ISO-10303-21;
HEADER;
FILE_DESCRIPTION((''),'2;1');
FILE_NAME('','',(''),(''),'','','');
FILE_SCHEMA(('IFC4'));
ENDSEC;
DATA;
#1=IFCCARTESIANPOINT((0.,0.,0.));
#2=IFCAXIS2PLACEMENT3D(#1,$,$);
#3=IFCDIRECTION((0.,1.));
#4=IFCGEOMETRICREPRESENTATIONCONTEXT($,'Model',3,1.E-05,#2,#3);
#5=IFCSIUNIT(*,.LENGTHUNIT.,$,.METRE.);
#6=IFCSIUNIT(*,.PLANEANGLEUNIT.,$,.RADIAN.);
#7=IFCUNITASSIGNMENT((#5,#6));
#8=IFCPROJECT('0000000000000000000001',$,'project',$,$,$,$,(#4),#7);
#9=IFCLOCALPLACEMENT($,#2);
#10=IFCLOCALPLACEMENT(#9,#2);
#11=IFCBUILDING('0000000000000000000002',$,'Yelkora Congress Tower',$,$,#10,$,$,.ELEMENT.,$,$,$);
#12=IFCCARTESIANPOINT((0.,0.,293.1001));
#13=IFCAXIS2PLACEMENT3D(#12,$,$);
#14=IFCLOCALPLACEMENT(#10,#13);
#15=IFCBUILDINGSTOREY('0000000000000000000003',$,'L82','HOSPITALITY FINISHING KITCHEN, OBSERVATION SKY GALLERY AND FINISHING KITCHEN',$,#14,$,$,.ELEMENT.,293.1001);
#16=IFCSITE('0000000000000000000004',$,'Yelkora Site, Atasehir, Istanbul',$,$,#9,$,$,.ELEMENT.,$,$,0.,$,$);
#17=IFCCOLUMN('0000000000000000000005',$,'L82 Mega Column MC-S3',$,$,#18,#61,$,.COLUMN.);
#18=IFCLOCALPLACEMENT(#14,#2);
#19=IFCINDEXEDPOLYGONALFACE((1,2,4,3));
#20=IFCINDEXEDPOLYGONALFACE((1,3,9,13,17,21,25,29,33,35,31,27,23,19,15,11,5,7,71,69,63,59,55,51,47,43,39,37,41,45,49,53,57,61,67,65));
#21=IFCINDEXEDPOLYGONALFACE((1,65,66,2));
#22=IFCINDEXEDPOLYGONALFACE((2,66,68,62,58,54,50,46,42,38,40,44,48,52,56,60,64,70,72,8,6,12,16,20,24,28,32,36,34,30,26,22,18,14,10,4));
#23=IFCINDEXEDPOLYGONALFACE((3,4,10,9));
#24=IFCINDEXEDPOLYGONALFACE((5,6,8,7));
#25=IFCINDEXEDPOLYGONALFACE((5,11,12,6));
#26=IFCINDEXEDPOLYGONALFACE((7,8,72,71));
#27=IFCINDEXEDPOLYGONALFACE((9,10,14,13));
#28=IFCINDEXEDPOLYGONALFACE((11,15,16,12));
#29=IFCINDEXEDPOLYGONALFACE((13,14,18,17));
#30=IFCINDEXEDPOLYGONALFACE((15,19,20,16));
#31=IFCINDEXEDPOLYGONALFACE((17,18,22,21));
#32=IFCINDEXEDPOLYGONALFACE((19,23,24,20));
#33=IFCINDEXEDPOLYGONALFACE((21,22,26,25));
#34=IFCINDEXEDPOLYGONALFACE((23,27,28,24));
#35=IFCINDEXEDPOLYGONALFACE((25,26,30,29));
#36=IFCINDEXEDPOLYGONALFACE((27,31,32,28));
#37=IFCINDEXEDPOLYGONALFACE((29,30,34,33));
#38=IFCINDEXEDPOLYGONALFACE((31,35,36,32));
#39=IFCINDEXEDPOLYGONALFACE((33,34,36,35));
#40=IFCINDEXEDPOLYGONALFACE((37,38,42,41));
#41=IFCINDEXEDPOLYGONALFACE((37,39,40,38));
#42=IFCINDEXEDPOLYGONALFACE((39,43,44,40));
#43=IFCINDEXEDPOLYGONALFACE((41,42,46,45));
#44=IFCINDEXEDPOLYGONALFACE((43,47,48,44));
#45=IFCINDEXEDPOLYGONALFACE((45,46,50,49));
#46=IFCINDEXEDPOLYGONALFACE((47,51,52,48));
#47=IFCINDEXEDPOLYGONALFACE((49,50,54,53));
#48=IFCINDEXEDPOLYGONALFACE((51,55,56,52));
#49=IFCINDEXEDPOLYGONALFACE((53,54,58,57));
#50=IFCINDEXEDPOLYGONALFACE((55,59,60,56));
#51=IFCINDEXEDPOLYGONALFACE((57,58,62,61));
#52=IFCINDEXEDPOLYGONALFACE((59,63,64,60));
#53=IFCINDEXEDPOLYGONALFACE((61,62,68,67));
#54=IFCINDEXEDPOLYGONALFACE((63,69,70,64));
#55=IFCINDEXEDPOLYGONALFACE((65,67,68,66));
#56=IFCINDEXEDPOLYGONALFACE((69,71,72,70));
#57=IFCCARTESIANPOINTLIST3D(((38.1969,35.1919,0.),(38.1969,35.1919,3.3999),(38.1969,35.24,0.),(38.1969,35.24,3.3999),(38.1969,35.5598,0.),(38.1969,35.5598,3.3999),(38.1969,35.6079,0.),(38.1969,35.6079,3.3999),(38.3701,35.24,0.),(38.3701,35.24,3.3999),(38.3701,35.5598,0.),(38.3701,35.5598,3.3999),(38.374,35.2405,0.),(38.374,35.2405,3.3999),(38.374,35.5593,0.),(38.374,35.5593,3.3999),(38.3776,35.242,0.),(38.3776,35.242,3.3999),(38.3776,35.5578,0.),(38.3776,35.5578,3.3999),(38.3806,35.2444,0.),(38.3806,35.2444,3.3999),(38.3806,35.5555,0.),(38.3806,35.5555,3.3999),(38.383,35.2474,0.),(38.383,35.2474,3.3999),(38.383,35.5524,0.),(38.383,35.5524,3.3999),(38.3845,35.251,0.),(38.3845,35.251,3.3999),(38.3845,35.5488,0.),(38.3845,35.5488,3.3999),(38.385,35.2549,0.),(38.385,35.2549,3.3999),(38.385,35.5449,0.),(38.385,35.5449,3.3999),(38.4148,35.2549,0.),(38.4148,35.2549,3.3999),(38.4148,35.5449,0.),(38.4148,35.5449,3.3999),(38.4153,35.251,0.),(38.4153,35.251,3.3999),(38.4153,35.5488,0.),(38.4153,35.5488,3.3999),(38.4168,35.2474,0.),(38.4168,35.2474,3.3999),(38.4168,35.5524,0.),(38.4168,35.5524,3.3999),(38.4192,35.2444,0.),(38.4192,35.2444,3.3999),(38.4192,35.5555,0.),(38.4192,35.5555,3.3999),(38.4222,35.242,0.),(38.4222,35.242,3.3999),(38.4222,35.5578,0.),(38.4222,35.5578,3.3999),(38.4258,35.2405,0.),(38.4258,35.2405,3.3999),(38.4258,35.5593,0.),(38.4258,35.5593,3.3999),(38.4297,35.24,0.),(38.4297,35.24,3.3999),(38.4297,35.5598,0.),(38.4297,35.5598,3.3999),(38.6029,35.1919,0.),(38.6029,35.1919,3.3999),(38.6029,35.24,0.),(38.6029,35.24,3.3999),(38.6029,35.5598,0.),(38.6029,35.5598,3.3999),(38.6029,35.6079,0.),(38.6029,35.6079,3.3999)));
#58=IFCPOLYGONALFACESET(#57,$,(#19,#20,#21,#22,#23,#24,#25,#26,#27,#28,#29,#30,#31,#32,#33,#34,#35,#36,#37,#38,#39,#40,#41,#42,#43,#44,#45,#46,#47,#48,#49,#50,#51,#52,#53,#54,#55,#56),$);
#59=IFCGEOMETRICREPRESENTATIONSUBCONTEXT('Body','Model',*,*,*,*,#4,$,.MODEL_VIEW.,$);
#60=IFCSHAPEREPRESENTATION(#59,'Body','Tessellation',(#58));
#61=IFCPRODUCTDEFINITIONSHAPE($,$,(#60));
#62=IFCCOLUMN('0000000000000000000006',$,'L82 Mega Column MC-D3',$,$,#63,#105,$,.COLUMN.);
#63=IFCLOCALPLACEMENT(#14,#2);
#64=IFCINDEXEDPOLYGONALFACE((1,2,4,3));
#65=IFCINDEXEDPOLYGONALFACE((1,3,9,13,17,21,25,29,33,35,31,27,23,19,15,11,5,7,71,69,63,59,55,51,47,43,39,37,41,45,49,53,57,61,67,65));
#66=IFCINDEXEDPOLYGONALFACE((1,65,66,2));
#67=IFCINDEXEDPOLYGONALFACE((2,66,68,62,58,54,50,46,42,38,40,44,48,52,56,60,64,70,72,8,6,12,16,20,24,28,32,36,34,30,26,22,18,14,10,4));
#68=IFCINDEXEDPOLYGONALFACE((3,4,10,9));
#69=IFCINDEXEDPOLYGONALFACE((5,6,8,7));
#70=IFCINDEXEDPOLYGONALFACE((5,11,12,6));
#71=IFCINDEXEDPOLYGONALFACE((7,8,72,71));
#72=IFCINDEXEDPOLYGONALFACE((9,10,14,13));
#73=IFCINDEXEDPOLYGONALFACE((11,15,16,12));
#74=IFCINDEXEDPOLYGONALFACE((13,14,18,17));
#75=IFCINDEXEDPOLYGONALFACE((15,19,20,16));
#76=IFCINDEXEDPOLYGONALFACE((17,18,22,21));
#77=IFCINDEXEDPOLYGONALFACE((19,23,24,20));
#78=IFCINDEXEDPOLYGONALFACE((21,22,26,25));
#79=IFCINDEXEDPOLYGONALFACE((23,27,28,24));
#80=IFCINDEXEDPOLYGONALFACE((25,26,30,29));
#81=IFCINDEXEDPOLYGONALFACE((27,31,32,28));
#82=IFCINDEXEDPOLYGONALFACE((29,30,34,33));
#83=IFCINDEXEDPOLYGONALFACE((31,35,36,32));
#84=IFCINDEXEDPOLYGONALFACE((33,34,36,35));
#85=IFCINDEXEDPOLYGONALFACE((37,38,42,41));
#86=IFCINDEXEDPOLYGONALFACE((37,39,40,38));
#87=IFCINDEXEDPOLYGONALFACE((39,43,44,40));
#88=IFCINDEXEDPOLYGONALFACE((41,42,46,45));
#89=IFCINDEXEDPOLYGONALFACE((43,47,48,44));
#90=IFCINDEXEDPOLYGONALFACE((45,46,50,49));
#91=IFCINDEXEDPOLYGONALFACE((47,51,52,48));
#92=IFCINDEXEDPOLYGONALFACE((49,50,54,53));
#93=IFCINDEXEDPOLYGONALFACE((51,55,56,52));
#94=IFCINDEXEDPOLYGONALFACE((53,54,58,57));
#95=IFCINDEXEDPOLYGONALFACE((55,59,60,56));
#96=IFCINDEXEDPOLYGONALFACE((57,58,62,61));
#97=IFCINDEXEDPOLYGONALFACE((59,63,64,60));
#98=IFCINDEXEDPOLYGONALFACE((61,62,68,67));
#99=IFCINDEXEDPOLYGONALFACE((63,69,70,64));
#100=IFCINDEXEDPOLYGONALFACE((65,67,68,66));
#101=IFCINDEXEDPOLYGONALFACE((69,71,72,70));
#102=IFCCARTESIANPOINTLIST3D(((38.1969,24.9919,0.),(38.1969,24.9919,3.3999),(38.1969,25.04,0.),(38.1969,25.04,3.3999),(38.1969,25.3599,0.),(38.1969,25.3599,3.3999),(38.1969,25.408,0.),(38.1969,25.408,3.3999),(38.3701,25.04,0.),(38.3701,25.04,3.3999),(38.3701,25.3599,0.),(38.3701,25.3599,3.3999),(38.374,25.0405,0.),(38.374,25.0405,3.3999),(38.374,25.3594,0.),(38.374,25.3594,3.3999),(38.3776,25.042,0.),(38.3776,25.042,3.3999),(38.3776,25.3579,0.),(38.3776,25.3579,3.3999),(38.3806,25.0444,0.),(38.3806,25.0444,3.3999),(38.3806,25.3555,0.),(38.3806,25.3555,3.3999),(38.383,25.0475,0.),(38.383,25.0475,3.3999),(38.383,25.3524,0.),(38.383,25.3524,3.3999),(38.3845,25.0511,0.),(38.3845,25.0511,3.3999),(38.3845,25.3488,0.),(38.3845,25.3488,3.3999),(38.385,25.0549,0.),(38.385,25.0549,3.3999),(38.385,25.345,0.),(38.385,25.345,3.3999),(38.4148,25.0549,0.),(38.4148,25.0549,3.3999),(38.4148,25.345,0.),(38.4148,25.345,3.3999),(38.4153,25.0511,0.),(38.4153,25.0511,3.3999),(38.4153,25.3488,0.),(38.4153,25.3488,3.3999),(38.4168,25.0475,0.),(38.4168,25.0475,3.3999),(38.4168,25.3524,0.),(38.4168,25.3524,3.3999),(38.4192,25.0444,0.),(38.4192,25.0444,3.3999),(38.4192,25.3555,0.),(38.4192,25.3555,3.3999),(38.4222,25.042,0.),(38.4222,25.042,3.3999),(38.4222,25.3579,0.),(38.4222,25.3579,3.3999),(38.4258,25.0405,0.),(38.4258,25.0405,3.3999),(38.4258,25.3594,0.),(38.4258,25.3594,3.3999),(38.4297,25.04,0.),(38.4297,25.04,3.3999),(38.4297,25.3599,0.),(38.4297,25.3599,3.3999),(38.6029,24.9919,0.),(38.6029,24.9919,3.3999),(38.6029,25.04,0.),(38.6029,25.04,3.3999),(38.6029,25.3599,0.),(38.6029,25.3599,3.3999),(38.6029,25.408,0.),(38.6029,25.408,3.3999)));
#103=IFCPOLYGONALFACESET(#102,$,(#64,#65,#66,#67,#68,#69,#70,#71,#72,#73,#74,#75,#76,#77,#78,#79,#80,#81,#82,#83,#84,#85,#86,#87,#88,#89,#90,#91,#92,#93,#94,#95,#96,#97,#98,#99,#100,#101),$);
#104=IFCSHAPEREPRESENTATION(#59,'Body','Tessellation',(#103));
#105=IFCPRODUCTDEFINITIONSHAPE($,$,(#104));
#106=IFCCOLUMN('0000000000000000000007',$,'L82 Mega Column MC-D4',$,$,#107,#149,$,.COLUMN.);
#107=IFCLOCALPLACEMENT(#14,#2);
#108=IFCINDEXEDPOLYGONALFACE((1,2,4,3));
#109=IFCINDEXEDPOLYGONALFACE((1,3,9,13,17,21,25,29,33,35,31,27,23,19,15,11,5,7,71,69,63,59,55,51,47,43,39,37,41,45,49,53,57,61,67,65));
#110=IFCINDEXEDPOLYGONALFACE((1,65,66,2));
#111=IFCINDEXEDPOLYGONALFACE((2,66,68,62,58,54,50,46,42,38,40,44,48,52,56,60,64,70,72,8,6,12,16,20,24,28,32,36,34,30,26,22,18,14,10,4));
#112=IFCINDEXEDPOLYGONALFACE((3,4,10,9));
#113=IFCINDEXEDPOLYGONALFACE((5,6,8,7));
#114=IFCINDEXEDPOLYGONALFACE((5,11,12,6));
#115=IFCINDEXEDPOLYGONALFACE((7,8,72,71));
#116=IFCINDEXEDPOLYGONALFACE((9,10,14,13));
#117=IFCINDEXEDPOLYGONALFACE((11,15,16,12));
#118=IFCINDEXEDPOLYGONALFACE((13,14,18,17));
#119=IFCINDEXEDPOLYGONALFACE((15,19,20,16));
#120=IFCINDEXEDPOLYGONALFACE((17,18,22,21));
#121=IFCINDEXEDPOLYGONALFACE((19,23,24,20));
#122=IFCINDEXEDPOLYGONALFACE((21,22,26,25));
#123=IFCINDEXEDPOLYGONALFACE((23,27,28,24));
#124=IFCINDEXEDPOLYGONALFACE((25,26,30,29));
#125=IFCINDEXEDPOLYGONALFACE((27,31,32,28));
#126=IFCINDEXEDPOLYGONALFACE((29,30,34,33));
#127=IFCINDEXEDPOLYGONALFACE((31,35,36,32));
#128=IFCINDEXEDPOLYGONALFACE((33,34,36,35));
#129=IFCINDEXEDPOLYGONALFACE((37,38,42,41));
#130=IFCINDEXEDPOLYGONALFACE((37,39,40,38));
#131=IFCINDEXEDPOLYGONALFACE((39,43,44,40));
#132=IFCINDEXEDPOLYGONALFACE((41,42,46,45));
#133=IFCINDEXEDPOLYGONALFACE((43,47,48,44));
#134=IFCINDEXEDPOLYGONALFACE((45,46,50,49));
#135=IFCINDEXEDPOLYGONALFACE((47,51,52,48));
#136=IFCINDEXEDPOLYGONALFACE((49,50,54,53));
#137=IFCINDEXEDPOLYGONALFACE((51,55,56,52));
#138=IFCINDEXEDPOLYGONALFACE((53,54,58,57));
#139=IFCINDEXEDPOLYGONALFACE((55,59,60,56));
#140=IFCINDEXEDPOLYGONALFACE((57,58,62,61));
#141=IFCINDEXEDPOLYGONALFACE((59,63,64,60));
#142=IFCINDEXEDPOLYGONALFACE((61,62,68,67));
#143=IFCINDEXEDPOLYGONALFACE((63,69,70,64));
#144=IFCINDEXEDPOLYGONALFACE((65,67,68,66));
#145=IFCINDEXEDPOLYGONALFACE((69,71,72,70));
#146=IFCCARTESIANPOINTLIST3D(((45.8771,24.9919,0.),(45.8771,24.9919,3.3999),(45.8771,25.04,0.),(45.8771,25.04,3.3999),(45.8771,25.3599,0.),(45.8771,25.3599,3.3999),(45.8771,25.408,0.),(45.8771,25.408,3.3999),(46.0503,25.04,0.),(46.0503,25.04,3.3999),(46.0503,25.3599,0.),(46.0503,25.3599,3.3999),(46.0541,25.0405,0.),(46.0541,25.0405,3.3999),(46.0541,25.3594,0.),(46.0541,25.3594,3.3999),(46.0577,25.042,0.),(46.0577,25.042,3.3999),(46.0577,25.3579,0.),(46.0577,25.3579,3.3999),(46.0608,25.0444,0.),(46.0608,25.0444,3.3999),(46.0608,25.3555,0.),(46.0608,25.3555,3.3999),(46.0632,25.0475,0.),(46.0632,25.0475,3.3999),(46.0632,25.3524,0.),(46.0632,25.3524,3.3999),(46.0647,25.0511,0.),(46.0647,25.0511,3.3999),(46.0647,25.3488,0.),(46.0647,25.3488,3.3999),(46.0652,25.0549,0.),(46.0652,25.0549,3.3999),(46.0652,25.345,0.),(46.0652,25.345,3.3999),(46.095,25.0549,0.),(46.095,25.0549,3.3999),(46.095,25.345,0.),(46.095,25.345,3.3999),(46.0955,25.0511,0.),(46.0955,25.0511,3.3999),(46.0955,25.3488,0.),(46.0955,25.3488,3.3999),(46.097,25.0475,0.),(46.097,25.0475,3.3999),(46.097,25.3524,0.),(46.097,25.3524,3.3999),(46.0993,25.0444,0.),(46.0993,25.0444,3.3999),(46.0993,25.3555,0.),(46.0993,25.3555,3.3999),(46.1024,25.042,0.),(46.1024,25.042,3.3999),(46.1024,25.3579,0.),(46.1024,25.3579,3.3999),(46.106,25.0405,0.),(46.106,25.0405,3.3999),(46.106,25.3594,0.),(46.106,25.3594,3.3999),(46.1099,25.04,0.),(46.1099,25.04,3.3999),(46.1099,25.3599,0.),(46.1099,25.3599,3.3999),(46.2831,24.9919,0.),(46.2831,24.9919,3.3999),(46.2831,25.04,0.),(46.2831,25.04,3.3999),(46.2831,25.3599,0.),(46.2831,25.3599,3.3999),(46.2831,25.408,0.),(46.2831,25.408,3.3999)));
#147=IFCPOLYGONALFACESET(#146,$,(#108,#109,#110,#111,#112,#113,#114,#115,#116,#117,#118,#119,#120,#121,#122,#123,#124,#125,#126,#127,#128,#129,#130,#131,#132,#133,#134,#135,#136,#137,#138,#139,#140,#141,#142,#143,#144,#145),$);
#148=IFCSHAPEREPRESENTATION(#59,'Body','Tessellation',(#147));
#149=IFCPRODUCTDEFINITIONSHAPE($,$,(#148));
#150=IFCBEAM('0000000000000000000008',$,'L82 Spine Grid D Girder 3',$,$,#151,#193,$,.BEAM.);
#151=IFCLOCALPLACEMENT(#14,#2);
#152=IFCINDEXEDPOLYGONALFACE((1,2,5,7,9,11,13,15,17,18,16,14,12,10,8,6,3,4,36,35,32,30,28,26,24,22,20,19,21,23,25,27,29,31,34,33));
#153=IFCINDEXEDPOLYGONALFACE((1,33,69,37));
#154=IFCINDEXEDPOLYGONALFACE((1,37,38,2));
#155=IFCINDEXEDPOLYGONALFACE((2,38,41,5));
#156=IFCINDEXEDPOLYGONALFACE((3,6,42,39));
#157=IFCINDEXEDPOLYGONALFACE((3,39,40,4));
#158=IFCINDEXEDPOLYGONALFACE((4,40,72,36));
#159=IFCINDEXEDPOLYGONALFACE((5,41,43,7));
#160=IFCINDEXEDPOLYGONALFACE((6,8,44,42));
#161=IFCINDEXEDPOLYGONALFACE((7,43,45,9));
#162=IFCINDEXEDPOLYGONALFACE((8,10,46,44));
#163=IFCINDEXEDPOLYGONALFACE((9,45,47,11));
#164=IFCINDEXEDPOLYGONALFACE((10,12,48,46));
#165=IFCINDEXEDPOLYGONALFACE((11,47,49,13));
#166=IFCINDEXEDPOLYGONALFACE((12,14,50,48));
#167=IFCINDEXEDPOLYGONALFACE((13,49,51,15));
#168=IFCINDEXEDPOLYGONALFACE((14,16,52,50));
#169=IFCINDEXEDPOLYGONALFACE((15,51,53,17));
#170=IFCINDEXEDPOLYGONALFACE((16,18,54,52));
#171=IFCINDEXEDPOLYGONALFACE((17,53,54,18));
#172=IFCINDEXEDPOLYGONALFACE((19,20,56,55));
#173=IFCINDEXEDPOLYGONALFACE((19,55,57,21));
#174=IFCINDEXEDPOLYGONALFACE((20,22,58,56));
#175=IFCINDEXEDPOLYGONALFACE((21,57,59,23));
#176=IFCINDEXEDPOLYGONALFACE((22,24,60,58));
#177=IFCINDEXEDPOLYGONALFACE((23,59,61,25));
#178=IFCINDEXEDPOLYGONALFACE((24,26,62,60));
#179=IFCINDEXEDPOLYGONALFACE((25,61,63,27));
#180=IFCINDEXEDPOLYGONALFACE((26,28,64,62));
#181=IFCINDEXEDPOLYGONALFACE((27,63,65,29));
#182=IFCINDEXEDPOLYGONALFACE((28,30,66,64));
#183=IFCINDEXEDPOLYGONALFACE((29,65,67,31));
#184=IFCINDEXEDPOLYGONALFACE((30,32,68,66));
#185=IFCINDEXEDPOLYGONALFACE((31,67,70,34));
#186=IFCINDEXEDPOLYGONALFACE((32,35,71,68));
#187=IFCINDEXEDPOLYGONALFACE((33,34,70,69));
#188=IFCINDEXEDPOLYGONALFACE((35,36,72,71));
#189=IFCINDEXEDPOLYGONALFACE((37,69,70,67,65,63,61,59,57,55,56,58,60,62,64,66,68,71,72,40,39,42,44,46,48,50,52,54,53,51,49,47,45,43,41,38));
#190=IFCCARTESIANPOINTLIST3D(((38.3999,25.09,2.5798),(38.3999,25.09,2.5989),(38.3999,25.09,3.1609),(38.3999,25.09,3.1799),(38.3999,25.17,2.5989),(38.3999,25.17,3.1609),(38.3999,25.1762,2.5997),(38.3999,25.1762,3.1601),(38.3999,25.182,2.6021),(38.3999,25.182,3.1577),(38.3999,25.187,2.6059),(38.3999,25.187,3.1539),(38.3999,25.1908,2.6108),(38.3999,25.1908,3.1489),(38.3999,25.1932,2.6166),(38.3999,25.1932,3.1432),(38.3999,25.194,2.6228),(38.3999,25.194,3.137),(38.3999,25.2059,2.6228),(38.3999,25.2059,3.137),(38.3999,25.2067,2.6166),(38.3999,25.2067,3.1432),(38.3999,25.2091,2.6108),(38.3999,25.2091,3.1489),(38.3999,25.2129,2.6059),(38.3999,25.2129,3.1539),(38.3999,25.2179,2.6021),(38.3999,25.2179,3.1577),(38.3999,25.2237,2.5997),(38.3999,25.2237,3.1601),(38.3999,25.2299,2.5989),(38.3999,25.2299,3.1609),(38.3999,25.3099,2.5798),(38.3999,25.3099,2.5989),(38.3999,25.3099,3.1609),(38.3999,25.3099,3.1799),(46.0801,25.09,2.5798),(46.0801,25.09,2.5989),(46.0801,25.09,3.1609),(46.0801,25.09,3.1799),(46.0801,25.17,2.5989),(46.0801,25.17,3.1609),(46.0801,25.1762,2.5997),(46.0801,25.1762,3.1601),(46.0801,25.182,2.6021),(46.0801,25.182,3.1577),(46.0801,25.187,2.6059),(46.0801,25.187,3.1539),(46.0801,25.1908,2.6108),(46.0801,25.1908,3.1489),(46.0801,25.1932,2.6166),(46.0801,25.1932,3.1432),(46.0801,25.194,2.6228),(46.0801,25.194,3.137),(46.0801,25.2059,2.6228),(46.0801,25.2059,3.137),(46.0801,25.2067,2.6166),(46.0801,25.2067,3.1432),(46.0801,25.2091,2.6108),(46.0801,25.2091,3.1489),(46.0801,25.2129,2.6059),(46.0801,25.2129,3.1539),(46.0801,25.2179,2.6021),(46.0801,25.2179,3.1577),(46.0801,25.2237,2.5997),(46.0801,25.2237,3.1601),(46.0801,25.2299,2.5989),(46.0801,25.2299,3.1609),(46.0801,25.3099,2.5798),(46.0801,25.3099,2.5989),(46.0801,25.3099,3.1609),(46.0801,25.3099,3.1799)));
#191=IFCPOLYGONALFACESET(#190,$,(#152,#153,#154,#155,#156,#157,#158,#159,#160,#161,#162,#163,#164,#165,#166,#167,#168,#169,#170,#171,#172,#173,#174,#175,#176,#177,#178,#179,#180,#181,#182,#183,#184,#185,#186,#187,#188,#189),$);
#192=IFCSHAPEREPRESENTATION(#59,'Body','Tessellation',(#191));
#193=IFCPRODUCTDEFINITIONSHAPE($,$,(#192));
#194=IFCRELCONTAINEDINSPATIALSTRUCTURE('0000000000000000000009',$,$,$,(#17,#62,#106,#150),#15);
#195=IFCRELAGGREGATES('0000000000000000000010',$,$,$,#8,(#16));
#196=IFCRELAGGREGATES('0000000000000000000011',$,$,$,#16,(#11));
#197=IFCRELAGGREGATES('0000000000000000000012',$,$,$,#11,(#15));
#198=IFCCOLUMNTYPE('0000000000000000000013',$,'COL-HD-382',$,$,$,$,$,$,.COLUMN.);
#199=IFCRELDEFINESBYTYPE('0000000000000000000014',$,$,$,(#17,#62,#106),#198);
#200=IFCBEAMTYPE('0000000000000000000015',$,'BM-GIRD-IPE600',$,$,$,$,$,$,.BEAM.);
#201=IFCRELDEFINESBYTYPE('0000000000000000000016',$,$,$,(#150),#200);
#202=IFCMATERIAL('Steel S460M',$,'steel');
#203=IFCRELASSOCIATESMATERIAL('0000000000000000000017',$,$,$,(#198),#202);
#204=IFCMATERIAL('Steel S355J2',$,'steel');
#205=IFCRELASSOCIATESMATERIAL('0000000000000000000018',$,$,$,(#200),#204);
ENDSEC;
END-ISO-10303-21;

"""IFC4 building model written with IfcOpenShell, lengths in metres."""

from ifc_helpers import new_model, si_unit, direction, frame, origin, origin_2d, place, context, subcontext, project, spatial, i_section, extrude, material, material_profile, profile_set, type_object, element, save


model = new_model("IFC4")

# Units and contexts
model_context = context("Model", 3, precision=1e-05, world=origin(), true_north=direction((0.0, 1.0)))
body_context = subcontext(model_context, "Body", "Model", "MODEL_VIEW")
ifc_project = project(units=[si_unit("LENGTHUNIT", "METRE"), si_unit("PLANEANGLEUNIT", "RADIAN")], contexts=[model_context])

# Site, building, storey
site_placement = place(None, origin())
site = spatial("IfcSite", under=ifc_project, at=site_placement, Name="Yelkora Site, Atasehir, Istanbul", CompositionType="ELEMENT", RefElevation=0.0)
building_placement = place(site_placement, origin())
building = spatial("IfcBuilding", under=site, at=building_placement, Name="Yelkora Congress Tower", CompositionType="ELEMENT")
storey_placement = place(building_placement, frame((0.0, 0.0, 293.1001)))
storey = spatial("IfcBuildingStorey", under=building, at=storey_placement, Name="L82", Description="HOSPITALITY FINISHING KITCHEN, OBSERVATION SKY GALLERY AND FINISHING KITCHEN", CompositionType="ELEMENT", Elevation=293.1001)

# Columns
ifc_material_1 = material(Name="Steel S460M", Category="steel")
ifc_material_profile_1 = material_profile(ifc_material_1, i_section(OverallWidth=0.406, OverallDepth=0.416, WebThickness=0.0298, FlangeThickness=0.0481, FilletRadius=0.0149, at=origin_2d()), Name="HD 400x382")
ifc_profile_set_1 = profile_set([ifc_material_profile_1], Name="Steel S460M")
column_type = type_object("IfcColumnType", Name="COL-HD-382", PredefinedType="COLUMN", material=ifc_profile_set_1)
for number, where, z_axis, x_axis, name in (
    (1, (38.3999, 35.3999, 0.0), (0.0, 0.0, 1.0), (1.0, 0.0, 0.0), "L82 Mega Column MC-S3"),
    (2, (38.3999, 25.2, 0.0), (0.0, 0.0, 1.0), (1.0, 0.0, 0.0), "L82 Mega Column MC-D3"),
    (3, (46.0801, 25.2, 0.0), (0.0, 0.0, 1.0), (1.0, 0.0, 0.0), "L82 Mega Column MC-D4"),
):
    element("IfcColumn", number, at=place(storey_placement, frame(where, z_axis=z_axis, x_axis=x_axis)), inside=storey, type_object=column_type, Name=name, PredefinedType="COLUMN", context=body_context, shape_type="SweptSolid", body=[
        extrude(i_section(OverallWidth=0.406, OverallDepth=0.416, WebThickness=0.0298, FlangeThickness=0.0481, FilletRadius=0.0149, at=origin_2d()), origin(), (0.0, 0.0, 1.0), 3.3999),
    ])

# Beam
ifc_material_2 = material(Name="Steel S355J2", Category="steel")
ifc_material_profile_2 = material_profile(ifc_material_2, i_section(OverallWidth=0.22, OverallDepth=0.6001, WebThickness=0.012, FlangeThickness=0.019, FilletRadius=0.0239, at=origin_2d()), Name="IPE 600")
ifc_profile_set_2 = profile_set([ifc_material_profile_2], Name="Steel S355J2")
beam_type_1 = type_object("IfcBeamType", Name="BM-GIRD-IPE600", PredefinedType="BEAM", material=ifc_profile_set_2)
beam_1_placement = place(storey_placement, frame((38.3999, 25.2, 2.8799), z_axis=(1.0, 0.0, 0.0), x_axis=(0.0, 1.0, 0.0)))
element("IfcBeam", 4, at=beam_1_placement, inside=storey, type_object=beam_type_1, Name="L82 Spine Grid D Girder 3", PredefinedType="BEAM", context=body_context, shape_type="SweptSolid", body=[
    extrude(i_section(OverallWidth=0.22, OverallDepth=0.6001, WebThickness=0.012, FlangeThickness=0.019, FilletRadius=0.0239, at=origin_2d()), origin(), (0.0, 0.0, 1.0), 7.6802),
])

save(model, "model.ifc")
